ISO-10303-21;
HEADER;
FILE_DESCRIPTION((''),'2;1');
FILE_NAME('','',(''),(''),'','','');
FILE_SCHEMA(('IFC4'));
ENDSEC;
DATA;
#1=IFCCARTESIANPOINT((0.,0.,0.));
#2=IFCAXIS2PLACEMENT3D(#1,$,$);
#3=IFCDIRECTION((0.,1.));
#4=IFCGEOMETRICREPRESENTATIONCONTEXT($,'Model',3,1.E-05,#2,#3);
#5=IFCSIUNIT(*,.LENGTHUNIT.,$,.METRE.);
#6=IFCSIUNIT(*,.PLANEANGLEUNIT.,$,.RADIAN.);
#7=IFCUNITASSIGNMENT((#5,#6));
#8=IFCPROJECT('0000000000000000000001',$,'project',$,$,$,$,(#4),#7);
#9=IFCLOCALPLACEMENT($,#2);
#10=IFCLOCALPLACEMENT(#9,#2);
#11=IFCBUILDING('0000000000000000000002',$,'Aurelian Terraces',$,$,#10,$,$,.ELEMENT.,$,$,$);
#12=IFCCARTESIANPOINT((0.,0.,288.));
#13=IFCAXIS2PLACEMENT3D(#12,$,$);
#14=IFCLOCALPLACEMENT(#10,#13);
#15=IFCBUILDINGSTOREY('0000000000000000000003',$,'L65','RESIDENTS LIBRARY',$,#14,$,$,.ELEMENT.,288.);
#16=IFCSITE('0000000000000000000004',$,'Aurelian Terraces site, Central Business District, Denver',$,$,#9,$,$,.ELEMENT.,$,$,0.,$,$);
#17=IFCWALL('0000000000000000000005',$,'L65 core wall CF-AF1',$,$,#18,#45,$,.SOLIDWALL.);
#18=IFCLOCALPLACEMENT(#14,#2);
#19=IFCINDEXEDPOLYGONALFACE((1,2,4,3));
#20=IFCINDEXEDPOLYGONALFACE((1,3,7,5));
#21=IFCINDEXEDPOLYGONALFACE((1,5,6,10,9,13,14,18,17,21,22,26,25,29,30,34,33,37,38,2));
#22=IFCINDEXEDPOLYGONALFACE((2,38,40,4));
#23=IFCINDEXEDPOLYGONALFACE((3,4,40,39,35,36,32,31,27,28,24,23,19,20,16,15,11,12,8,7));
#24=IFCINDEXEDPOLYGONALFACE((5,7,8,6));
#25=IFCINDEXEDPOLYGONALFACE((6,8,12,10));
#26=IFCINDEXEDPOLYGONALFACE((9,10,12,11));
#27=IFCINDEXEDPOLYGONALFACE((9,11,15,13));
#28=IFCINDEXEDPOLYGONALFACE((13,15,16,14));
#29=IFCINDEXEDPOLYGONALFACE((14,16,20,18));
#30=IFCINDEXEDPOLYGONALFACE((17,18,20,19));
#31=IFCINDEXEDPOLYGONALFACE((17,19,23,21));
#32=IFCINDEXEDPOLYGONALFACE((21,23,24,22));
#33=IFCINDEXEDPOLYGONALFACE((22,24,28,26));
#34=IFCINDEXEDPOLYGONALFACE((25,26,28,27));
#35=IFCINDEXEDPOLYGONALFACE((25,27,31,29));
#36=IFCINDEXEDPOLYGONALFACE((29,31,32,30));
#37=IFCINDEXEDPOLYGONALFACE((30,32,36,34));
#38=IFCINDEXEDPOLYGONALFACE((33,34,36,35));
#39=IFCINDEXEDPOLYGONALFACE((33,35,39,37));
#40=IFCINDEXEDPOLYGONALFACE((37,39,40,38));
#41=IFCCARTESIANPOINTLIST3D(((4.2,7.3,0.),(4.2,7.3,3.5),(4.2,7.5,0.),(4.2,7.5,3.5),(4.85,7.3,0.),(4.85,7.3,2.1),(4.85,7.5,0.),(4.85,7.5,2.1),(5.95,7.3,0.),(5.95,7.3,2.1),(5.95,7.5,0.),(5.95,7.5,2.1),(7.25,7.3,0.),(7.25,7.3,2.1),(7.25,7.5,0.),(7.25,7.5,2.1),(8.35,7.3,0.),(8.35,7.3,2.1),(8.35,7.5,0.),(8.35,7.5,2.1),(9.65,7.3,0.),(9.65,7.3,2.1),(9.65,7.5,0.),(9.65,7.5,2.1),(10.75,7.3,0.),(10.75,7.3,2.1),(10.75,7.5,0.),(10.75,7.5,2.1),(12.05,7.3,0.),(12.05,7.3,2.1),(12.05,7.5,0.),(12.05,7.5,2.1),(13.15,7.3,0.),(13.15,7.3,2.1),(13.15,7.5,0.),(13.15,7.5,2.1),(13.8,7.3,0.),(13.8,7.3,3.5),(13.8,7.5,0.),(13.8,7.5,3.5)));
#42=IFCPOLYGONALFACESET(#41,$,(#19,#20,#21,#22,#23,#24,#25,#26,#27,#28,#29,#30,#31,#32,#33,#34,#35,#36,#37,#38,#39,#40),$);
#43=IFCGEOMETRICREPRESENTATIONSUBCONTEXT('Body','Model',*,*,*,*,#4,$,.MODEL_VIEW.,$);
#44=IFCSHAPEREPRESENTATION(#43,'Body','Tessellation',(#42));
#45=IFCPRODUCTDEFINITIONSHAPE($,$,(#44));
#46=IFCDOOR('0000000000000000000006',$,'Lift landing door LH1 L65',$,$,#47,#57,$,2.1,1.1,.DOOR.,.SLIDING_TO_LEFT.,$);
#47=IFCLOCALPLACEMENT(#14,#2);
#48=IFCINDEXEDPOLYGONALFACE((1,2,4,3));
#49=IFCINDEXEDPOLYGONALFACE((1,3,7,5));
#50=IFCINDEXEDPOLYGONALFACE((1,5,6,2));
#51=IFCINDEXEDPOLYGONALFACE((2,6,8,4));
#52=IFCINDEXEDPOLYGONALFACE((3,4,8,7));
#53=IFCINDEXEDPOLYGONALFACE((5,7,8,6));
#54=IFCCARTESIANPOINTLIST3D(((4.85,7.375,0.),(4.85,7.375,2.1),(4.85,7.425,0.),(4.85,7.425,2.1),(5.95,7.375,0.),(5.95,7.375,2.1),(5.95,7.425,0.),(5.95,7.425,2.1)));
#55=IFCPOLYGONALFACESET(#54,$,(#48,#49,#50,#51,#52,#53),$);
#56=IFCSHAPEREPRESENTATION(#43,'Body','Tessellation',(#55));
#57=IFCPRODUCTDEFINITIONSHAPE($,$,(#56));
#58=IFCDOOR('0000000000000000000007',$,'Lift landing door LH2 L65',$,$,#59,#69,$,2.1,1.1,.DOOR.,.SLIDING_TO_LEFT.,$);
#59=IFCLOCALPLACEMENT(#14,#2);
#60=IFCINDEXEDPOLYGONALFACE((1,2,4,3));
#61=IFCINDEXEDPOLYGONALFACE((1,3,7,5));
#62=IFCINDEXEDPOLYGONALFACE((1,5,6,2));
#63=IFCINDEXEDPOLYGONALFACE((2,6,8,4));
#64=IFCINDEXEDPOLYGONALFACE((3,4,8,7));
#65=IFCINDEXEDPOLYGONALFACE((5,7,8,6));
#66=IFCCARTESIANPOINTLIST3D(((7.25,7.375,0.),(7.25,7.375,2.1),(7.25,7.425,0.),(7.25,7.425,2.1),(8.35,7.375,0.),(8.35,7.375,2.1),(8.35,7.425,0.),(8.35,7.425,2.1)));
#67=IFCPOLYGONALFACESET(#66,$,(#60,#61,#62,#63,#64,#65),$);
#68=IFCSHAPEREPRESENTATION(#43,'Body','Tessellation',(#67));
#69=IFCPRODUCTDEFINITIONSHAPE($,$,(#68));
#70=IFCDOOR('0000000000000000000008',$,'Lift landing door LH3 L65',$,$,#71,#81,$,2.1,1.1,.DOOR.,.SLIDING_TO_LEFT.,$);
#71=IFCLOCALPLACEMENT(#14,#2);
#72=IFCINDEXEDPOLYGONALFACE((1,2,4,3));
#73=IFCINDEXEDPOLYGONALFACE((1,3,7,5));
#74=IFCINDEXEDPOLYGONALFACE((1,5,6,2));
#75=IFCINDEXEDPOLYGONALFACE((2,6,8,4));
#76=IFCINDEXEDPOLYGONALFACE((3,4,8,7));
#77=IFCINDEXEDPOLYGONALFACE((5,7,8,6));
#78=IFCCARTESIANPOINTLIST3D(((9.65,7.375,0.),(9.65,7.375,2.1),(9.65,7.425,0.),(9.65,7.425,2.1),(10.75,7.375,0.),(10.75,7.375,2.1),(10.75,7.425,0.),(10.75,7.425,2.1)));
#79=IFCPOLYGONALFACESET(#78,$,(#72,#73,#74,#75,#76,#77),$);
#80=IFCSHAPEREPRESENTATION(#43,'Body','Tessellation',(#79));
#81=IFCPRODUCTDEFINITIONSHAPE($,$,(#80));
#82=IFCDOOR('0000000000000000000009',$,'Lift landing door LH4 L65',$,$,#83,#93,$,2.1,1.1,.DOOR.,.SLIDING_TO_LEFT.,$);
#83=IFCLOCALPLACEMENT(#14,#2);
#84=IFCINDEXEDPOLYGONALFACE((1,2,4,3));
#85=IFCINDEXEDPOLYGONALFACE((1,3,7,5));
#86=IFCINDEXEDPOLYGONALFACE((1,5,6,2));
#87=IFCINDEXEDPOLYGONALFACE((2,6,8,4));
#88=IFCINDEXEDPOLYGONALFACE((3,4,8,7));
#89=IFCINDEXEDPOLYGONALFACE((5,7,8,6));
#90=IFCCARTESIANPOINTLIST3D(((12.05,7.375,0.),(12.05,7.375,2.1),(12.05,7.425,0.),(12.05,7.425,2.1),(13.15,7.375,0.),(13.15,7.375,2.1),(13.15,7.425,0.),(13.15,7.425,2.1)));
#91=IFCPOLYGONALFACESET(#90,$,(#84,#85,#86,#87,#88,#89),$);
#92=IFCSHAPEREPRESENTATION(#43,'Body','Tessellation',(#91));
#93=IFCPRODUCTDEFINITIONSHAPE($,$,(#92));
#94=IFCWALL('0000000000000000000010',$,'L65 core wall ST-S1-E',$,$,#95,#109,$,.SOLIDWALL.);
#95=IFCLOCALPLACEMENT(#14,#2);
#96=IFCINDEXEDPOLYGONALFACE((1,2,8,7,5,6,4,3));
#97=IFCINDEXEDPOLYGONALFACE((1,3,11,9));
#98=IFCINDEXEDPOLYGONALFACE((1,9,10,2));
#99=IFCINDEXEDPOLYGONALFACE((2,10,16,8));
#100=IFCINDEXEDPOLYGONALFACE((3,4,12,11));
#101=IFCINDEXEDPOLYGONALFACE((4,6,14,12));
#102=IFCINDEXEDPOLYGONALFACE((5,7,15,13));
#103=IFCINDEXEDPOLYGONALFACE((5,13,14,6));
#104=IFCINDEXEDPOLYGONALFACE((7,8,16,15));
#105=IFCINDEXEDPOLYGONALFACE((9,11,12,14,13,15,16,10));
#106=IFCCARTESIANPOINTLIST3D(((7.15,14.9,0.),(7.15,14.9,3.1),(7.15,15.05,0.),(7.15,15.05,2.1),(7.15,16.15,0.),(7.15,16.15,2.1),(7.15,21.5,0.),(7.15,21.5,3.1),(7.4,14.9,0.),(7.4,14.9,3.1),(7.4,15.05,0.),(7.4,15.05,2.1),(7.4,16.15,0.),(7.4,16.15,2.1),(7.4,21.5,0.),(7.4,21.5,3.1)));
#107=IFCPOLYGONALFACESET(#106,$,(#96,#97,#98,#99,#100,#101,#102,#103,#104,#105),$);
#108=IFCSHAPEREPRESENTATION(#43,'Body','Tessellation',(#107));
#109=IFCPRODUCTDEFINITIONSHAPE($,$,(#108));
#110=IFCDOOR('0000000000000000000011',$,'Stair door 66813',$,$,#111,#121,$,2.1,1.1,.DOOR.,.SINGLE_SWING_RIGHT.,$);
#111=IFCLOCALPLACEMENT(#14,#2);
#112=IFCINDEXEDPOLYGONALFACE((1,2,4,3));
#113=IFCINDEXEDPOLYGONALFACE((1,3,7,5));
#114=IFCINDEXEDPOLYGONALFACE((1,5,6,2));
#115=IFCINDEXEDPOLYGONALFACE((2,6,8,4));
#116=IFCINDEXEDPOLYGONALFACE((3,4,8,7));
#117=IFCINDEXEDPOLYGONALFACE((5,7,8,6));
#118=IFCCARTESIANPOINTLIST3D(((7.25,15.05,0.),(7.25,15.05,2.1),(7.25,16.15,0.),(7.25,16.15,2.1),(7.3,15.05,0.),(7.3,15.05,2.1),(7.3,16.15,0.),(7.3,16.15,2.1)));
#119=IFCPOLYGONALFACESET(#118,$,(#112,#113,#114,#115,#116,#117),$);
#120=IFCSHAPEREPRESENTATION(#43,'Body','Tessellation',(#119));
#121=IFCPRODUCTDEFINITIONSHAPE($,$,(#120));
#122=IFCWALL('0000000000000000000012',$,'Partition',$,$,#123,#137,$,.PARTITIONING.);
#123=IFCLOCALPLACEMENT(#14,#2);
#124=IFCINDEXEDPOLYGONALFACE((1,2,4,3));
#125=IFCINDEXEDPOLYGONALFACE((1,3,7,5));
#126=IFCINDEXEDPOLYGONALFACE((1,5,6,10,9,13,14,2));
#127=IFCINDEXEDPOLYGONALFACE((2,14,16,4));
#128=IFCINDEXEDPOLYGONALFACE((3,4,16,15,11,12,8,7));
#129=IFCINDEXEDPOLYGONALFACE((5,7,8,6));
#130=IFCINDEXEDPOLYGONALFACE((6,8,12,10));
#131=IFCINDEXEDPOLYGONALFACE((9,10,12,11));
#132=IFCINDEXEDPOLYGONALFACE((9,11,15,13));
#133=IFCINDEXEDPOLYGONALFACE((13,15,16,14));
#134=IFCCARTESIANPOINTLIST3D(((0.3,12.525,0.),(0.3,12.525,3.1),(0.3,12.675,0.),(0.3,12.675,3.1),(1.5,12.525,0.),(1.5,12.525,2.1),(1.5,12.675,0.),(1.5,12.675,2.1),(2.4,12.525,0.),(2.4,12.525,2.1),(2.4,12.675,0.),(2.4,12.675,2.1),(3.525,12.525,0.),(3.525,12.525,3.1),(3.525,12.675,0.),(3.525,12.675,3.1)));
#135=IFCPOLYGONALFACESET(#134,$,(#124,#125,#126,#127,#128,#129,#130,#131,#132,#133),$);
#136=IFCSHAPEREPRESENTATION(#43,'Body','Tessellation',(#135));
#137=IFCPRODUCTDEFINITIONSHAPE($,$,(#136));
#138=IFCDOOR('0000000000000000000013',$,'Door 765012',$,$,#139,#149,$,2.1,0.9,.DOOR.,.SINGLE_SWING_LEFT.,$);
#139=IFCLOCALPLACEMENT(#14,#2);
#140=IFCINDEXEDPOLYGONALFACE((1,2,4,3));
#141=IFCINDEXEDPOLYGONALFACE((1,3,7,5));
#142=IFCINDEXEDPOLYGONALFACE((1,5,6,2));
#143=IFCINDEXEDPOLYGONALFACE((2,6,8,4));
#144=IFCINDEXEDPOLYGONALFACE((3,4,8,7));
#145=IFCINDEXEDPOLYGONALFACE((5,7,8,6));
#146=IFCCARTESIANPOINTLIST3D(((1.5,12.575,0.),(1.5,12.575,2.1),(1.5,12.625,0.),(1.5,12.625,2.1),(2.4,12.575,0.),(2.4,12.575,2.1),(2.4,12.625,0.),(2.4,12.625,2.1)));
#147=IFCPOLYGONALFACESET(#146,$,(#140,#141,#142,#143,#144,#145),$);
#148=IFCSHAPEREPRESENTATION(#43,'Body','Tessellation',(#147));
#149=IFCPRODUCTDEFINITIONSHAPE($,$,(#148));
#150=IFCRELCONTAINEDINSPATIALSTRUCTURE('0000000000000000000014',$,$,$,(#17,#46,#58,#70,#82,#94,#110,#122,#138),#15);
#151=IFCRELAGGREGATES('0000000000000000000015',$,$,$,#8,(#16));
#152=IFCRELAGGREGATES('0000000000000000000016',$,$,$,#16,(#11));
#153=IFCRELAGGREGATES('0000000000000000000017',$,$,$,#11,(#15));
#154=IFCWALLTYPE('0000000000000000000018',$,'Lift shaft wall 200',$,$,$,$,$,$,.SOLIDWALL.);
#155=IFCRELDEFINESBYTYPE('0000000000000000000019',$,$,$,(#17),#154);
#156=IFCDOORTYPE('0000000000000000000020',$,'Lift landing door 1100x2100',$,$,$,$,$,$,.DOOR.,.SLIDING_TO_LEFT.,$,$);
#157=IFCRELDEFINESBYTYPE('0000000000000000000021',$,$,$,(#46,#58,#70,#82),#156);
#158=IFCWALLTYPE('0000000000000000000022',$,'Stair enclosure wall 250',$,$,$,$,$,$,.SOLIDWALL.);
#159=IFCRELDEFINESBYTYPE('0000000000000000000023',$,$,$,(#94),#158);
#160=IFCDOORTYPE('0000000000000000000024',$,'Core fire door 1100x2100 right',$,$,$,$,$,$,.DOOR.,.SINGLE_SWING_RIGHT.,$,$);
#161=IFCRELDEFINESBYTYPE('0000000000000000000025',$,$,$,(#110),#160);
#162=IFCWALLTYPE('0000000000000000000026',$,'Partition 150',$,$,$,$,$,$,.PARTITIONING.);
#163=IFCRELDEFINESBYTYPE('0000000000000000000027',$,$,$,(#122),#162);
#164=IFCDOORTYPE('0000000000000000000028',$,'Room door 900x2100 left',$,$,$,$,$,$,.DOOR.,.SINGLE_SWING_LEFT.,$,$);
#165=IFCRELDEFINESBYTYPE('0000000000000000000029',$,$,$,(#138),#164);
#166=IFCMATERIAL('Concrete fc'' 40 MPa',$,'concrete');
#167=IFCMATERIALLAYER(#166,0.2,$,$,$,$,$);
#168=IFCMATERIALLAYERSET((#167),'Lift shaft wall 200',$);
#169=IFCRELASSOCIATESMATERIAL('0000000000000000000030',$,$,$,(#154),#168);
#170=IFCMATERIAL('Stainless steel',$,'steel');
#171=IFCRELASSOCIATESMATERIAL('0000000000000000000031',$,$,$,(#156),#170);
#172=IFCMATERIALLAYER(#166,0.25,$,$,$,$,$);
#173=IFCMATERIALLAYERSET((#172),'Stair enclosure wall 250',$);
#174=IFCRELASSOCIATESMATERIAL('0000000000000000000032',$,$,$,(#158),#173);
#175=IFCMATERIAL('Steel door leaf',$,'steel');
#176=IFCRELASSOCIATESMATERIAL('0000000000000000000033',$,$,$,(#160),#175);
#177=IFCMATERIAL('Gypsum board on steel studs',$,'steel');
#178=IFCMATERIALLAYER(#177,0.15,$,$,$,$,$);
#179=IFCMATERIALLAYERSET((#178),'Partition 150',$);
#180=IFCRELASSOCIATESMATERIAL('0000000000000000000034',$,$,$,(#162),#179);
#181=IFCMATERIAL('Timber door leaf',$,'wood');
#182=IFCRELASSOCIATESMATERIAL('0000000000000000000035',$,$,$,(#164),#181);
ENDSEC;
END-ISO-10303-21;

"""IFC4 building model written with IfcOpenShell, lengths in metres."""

from ifc_helpers import new_model, si_unit, direction, frame, frame_2d, origin, place, context, subcontext, project, spatial, rectangle, extrude, source, transform, mapped, material, layer, layer_set, type_object, element, fill, save


model = new_model("IFC4")

# Units and contexts
model_context = context("Model", 3, precision=1e-05, world=origin(), true_north=direction((0.0, 1.0)))
body_context = subcontext(model_context, "Body", "Model", "MODEL_VIEW")
ifc_project = project(units=[si_unit("LENGTHUNIT", "METRE"), si_unit("PLANEANGLEUNIT", "RADIAN")], contexts=[model_context])

# Site, building, storey
site_placement = place(None, origin())
site = spatial("IfcSite", under=ifc_project, at=site_placement, Name="Aurelian Terraces site, Central Business District, Denver", CompositionType="ELEMENT", RefElevation=0.0)
building_placement = place(site_placement, origin())
building = spatial("IfcBuilding", under=site, at=building_placement, Name="Aurelian Terraces", CompositionType="ELEMENT")
storey_placement = place(building_placement, frame((0.0, 0.0, 288.0)))
storey = spatial("IfcBuildingStorey", under=building, at=storey_placement, Name="L65", Description="RESIDENTS LIBRARY", CompositionType="ELEMENT", Elevation=288.0)

# Shared definitions
ifc_material_1 = material(Name="Concrete fc' 40 MPa", Category="concrete")
ifc_layer_1 = layer(ifc_material_1, 0.2)
ifc_layer_set_1 = layer_set([ifc_layer_1], Name="Lift shaft wall 200")
wall_type_1 = type_object("IfcWallType", Name="Lift shaft wall 200", PredefinedType="SOLIDWALL", material=ifc_layer_set_1)

# Shared definitions
shared_shape_1 = source(origin(), body_context, "Body", "SweptSolid", [
    extrude(rectangle(XDim=1.1, YDim=2.1, at=frame_2d((0.55, 1.05))), frame((0.0, 0.11, 0.0), z_axis=(0.0, -1.0, 0.0), x_axis=(1.0, 0.0, 0.0)), (0.0, 0.0, 1.0), 0.22),
])
ifc_material_2 = material(Name="Stainless steel", Category="steel")
door_type_1 = type_object("IfcDoorType", Name="Lift landing door 1100x2100", OperationType="SLIDING_TO_LEFT", PredefinedType="DOOR", material=ifc_material_2)
shared_shape_2 = source(origin(), body_context, "Body", "SweptSolid", [
    extrude(rectangle(XDim=1.1, YDim=2.1, at=frame_2d((0.55, 1.05))), frame((0.0, 0.025, 0.0), z_axis=(0.0, -1.0, 0.0), x_axis=(1.0, 0.0, 0.0)), (0.0, 0.0, 1.0), 0.05),
])

# Wall, openings, doors
shared_shape_3 = source(origin(), body_context, "Body", "SweptSolid", [
    extrude(rectangle(XDim=9.6, YDim=0.2, at=frame_2d((4.8, 0.0))), origin(), (0.0, 0.0, 1.0), 3.5),
])
wall_1_placement = place(storey_placement, frame((4.2, 7.4, 0.0), z_axis=(0.0, 0.0, 1.0), x_axis=(1.0, 0.0, 0.0)))
wall_1 = element("IfcWall", 1, at=wall_1_placement, inside=storey, type_object=wall_type_1, Name="L65 core wall CF-AF1", PredefinedType="SOLIDWALL", context=body_context, shape_type="MappedRepresentation", body=[
    mapped(shared_shape_3, transform((0.0, 0.0, 0.0), scale=1.0)),
])
opening_1_placement = place(wall_1_placement, frame((0.65, 0.0, 0.0)))
opening_1 = element("IfcOpeningElement", 2, at=opening_1_placement, cuts=wall_1, PredefinedType="OPENING", context=body_context, shape_type="MappedRepresentation", body=[
    mapped(shared_shape_1, transform((0.0, 0.0, 0.0), scale=1.0)),
])
opening_2_placement = place(wall_1_placement, frame((3.05, 0.0, 0.0)))
opening_2 = element("IfcOpeningElement", 3, at=opening_2_placement, cuts=wall_1, PredefinedType="OPENING", context=body_context, shape_type="MappedRepresentation", body=[
    mapped(shared_shape_1, transform((0.0, 0.0, 0.0), scale=1.0)),
])
opening_3_placement = place(wall_1_placement, frame((5.45, 0.0, 0.0)))
opening_3 = element("IfcOpeningElement", 4, at=opening_3_placement, cuts=wall_1, PredefinedType="OPENING", context=body_context, shape_type="MappedRepresentation", body=[
    mapped(shared_shape_1, transform((0.0, 0.0, 0.0), scale=1.0)),
])
opening_4_placement = place(wall_1_placement, frame((7.85, 0.0, 0.0)))
opening_4 = element("IfcOpeningElement", 5, at=opening_4_placement, cuts=wall_1, PredefinedType="OPENING", context=body_context, shape_type="MappedRepresentation", body=[
    mapped(shared_shape_1, transform((0.0, 0.0, 0.0), scale=1.0)),
])
door_1_placement = place(opening_1_placement, origin())
door_1 = element("IfcDoor", 6, at=door_1_placement, inside=storey, type_object=door_type_1, Name="Lift landing door LH1 L65", OperationType="SLIDING_TO_LEFT", OverallHeight=2.1, OverallWidth=1.1, PredefinedType="DOOR", context=body_context, shape_type="MappedRepresentation", body=[
    mapped(shared_shape_2, transform((0.0, 0.0, 0.0), scale=1.0)),
])
fill(opening_1, door_1)
door_2_placement = place(opening_2_placement, origin())
door_2 = element("IfcDoor", 7, at=door_2_placement, inside=storey, type_object=door_type_1, Name="Lift landing door LH2 L65", OperationType="SLIDING_TO_LEFT", OverallHeight=2.1, OverallWidth=1.1, PredefinedType="DOOR", context=body_context, shape_type="MappedRepresentation", body=[
    mapped(shared_shape_2, transform((0.0, 0.0, 0.0), scale=1.0)),
])
fill(opening_2, door_2)
door_3_placement = place(opening_3_placement, origin())
door_3 = element("IfcDoor", 8, at=door_3_placement, inside=storey, type_object=door_type_1, Name="Lift landing door LH3 L65", OperationType="SLIDING_TO_LEFT", OverallHeight=2.1, OverallWidth=1.1, PredefinedType="DOOR", context=body_context, shape_type="MappedRepresentation", body=[
    mapped(shared_shape_2, transform((0.0, 0.0, 0.0), scale=1.0)),
])
fill(opening_3, door_3)
door_4_placement = place(opening_4_placement, origin())
door_4 = element("IfcDoor", 9, at=door_4_placement, inside=storey, type_object=door_type_1, Name="Lift landing door LH4 L65", OperationType="SLIDING_TO_LEFT", OverallHeight=2.1, OverallWidth=1.1, PredefinedType="DOOR", context=body_context, shape_type="MappedRepresentation", body=[
    mapped(shared_shape_2, transform((0.0, 0.0, 0.0), scale=1.0)),
])
fill(opening_4, door_4)

# Walls, openings, doors
ifc_layer_2 = layer(ifc_material_1, 0.25)
ifc_layer_set_2 = layer_set([ifc_layer_2], Name="Stair enclosure wall 250")
wall_type_2 = type_object("IfcWallType", Name="Stair enclosure wall 250", PredefinedType="SOLIDWALL", material=ifc_layer_set_2)
shared_shape_4 = source(origin(), body_context, "Body", "SweptSolid", [
    extrude(rectangle(XDim=6.6, YDim=0.25, at=frame_2d((3.3, 0.0))), origin(), (0.0, 0.0, 1.0), 3.1),
])
wall_2_placement = place(storey_placement, frame((7.275, 14.9, 0.0), z_axis=(0.0, 0.0, 1.0), x_axis=(0.0, 1.0, 0.0)))
wall_2 = element("IfcWall", 10, at=wall_2_placement, inside=storey, type_object=wall_type_2, Name="L65 core wall ST-S1-E", PredefinedType="SOLIDWALL", context=body_context, shape_type="MappedRepresentation", body=[
    mapped(shared_shape_4, transform((0.0, 0.0, 0.0), scale=1.0)),
])
shared_shape_5 = source(origin(), body_context, "Body", "SweptSolid", [
    extrude(rectangle(XDim=1.1, YDim=2.1, at=frame_2d((0.55, 1.05))), frame((0.0, 0.135, 0.0), z_axis=(0.0, -1.0, 0.0), x_axis=(1.0, 0.0, 0.0)), (0.0, 0.0, 1.0), 0.27),
])
opening_5_placement = place(wall_2_placement, frame((0.15, 0.0, 0.0)))
opening_5 = element("IfcOpeningElement", 11, at=opening_5_placement, cuts=wall_2, PredefinedType="OPENING", context=body_context, shape_type="MappedRepresentation", body=[
    mapped(shared_shape_5, transform((0.0, 0.0, 0.0), scale=1.0)),
])
ifc_material_3 = material(Name="Steel door leaf", Category="steel")
door_type_2 = type_object("IfcDoorType", Name="Core fire door 1100x2100 right", OperationType="SINGLE_SWING_RIGHT", PredefinedType="DOOR", material=ifc_material_3)
door_5_placement = place(opening_5_placement, origin())
door_5 = element("IfcDoor", 12, at=door_5_placement, inside=storey, type_object=door_type_2, Name="Stair door 66813", OperationType="SINGLE_SWING_RIGHT", OverallHeight=2.1, OverallWidth=1.1, PredefinedType="DOOR", context=body_context, shape_type="MappedRepresentation", body=[
    mapped(shared_shape_2, transform((0.0, 0.0, 0.0), scale=1.0)),
])
fill(opening_5, door_5)
ifc_material_4 = material(Name="Gypsum board on steel studs", Category="steel")
ifc_layer_3 = layer(ifc_material_4, 0.15)
ifc_layer_set_3 = layer_set([ifc_layer_3], Name="Partition 150")
wall_type_3 = type_object("IfcWallType", Name="Partition 150", PredefinedType="PARTITIONING", material=ifc_layer_set_3)
shared_shape_6 = source(origin(), body_context, "Body", "SweptSolid", [
    extrude(rectangle(XDim=3.225, YDim=0.15, at=frame_2d((1.6125, 0.0))), origin(), (0.0, 0.0, 1.0), 3.1),
])
wall_3_placement = place(storey_placement, frame((0.3, 12.6, 0.0), z_axis=(0.0, 0.0, 1.0), x_axis=(1.0, 0.0, 0.0)))
wall_3 = element("IfcWall", 13, at=wall_3_placement, inside=storey, type_object=wall_type_3, Name="Partition", PredefinedType="PARTITIONING", context=body_context, shape_type="MappedRepresentation", body=[
    mapped(shared_shape_6, transform((0.0, 0.0, 0.0), scale=1.0)),
])
shared_shape_7 = source(origin(), body_context, "Body", "SweptSolid", [
    extrude(rectangle(XDim=0.9, YDim=2.1, at=frame_2d((0.45, 1.05))), frame((0.0, 0.085, 0.0), z_axis=(0.0, -1.0, 0.0), x_axis=(1.0, 0.0, 0.0)), (0.0, 0.0, 1.0), 0.17),
])
opening_6_placement = place(wall_3_placement, frame((1.2, 0.0, 0.0)))
opening_6 = element("IfcOpeningElement", 14, at=opening_6_placement, cuts=wall_3, PredefinedType="OPENING", context=body_context, shape_type="MappedRepresentation", body=[
    mapped(shared_shape_7, transform((0.0, 0.0, 0.0), scale=1.0)),
])
ifc_material_5 = material(Name="Timber door leaf", Category="wood")
door_type_3 = type_object("IfcDoorType", Name="Room door 900x2100 left", OperationType="SINGLE_SWING_LEFT", PredefinedType="DOOR", material=ifc_material_5)
shared_shape_8 = source(origin(), body_context, "Body", "SweptSolid", [
    extrude(rectangle(XDim=0.9, YDim=2.1, at=frame_2d((0.45, 1.05))), frame((0.0, 0.025, 0.0), z_axis=(0.0, -1.0, 0.0), x_axis=(1.0, 0.0, 0.0)), (0.0, 0.0, 1.0), 0.05),
])
door_6_placement = place(opening_6_placement, origin())
door_6 = element("IfcDoor", 15, at=door_6_placement, inside=storey, type_object=door_type_3, Name="Door 765012", OperationType="SINGLE_SWING_LEFT", OverallHeight=2.1, OverallWidth=0.9, PredefinedType="DOOR", context=body_context, shape_type="MappedRepresentation", body=[
    mapped(shared_shape_8, transform((0.0, 0.0, 0.0), scale=1.0)),
])
fill(opening_6, door_6)

save(model, "model.ifc")
